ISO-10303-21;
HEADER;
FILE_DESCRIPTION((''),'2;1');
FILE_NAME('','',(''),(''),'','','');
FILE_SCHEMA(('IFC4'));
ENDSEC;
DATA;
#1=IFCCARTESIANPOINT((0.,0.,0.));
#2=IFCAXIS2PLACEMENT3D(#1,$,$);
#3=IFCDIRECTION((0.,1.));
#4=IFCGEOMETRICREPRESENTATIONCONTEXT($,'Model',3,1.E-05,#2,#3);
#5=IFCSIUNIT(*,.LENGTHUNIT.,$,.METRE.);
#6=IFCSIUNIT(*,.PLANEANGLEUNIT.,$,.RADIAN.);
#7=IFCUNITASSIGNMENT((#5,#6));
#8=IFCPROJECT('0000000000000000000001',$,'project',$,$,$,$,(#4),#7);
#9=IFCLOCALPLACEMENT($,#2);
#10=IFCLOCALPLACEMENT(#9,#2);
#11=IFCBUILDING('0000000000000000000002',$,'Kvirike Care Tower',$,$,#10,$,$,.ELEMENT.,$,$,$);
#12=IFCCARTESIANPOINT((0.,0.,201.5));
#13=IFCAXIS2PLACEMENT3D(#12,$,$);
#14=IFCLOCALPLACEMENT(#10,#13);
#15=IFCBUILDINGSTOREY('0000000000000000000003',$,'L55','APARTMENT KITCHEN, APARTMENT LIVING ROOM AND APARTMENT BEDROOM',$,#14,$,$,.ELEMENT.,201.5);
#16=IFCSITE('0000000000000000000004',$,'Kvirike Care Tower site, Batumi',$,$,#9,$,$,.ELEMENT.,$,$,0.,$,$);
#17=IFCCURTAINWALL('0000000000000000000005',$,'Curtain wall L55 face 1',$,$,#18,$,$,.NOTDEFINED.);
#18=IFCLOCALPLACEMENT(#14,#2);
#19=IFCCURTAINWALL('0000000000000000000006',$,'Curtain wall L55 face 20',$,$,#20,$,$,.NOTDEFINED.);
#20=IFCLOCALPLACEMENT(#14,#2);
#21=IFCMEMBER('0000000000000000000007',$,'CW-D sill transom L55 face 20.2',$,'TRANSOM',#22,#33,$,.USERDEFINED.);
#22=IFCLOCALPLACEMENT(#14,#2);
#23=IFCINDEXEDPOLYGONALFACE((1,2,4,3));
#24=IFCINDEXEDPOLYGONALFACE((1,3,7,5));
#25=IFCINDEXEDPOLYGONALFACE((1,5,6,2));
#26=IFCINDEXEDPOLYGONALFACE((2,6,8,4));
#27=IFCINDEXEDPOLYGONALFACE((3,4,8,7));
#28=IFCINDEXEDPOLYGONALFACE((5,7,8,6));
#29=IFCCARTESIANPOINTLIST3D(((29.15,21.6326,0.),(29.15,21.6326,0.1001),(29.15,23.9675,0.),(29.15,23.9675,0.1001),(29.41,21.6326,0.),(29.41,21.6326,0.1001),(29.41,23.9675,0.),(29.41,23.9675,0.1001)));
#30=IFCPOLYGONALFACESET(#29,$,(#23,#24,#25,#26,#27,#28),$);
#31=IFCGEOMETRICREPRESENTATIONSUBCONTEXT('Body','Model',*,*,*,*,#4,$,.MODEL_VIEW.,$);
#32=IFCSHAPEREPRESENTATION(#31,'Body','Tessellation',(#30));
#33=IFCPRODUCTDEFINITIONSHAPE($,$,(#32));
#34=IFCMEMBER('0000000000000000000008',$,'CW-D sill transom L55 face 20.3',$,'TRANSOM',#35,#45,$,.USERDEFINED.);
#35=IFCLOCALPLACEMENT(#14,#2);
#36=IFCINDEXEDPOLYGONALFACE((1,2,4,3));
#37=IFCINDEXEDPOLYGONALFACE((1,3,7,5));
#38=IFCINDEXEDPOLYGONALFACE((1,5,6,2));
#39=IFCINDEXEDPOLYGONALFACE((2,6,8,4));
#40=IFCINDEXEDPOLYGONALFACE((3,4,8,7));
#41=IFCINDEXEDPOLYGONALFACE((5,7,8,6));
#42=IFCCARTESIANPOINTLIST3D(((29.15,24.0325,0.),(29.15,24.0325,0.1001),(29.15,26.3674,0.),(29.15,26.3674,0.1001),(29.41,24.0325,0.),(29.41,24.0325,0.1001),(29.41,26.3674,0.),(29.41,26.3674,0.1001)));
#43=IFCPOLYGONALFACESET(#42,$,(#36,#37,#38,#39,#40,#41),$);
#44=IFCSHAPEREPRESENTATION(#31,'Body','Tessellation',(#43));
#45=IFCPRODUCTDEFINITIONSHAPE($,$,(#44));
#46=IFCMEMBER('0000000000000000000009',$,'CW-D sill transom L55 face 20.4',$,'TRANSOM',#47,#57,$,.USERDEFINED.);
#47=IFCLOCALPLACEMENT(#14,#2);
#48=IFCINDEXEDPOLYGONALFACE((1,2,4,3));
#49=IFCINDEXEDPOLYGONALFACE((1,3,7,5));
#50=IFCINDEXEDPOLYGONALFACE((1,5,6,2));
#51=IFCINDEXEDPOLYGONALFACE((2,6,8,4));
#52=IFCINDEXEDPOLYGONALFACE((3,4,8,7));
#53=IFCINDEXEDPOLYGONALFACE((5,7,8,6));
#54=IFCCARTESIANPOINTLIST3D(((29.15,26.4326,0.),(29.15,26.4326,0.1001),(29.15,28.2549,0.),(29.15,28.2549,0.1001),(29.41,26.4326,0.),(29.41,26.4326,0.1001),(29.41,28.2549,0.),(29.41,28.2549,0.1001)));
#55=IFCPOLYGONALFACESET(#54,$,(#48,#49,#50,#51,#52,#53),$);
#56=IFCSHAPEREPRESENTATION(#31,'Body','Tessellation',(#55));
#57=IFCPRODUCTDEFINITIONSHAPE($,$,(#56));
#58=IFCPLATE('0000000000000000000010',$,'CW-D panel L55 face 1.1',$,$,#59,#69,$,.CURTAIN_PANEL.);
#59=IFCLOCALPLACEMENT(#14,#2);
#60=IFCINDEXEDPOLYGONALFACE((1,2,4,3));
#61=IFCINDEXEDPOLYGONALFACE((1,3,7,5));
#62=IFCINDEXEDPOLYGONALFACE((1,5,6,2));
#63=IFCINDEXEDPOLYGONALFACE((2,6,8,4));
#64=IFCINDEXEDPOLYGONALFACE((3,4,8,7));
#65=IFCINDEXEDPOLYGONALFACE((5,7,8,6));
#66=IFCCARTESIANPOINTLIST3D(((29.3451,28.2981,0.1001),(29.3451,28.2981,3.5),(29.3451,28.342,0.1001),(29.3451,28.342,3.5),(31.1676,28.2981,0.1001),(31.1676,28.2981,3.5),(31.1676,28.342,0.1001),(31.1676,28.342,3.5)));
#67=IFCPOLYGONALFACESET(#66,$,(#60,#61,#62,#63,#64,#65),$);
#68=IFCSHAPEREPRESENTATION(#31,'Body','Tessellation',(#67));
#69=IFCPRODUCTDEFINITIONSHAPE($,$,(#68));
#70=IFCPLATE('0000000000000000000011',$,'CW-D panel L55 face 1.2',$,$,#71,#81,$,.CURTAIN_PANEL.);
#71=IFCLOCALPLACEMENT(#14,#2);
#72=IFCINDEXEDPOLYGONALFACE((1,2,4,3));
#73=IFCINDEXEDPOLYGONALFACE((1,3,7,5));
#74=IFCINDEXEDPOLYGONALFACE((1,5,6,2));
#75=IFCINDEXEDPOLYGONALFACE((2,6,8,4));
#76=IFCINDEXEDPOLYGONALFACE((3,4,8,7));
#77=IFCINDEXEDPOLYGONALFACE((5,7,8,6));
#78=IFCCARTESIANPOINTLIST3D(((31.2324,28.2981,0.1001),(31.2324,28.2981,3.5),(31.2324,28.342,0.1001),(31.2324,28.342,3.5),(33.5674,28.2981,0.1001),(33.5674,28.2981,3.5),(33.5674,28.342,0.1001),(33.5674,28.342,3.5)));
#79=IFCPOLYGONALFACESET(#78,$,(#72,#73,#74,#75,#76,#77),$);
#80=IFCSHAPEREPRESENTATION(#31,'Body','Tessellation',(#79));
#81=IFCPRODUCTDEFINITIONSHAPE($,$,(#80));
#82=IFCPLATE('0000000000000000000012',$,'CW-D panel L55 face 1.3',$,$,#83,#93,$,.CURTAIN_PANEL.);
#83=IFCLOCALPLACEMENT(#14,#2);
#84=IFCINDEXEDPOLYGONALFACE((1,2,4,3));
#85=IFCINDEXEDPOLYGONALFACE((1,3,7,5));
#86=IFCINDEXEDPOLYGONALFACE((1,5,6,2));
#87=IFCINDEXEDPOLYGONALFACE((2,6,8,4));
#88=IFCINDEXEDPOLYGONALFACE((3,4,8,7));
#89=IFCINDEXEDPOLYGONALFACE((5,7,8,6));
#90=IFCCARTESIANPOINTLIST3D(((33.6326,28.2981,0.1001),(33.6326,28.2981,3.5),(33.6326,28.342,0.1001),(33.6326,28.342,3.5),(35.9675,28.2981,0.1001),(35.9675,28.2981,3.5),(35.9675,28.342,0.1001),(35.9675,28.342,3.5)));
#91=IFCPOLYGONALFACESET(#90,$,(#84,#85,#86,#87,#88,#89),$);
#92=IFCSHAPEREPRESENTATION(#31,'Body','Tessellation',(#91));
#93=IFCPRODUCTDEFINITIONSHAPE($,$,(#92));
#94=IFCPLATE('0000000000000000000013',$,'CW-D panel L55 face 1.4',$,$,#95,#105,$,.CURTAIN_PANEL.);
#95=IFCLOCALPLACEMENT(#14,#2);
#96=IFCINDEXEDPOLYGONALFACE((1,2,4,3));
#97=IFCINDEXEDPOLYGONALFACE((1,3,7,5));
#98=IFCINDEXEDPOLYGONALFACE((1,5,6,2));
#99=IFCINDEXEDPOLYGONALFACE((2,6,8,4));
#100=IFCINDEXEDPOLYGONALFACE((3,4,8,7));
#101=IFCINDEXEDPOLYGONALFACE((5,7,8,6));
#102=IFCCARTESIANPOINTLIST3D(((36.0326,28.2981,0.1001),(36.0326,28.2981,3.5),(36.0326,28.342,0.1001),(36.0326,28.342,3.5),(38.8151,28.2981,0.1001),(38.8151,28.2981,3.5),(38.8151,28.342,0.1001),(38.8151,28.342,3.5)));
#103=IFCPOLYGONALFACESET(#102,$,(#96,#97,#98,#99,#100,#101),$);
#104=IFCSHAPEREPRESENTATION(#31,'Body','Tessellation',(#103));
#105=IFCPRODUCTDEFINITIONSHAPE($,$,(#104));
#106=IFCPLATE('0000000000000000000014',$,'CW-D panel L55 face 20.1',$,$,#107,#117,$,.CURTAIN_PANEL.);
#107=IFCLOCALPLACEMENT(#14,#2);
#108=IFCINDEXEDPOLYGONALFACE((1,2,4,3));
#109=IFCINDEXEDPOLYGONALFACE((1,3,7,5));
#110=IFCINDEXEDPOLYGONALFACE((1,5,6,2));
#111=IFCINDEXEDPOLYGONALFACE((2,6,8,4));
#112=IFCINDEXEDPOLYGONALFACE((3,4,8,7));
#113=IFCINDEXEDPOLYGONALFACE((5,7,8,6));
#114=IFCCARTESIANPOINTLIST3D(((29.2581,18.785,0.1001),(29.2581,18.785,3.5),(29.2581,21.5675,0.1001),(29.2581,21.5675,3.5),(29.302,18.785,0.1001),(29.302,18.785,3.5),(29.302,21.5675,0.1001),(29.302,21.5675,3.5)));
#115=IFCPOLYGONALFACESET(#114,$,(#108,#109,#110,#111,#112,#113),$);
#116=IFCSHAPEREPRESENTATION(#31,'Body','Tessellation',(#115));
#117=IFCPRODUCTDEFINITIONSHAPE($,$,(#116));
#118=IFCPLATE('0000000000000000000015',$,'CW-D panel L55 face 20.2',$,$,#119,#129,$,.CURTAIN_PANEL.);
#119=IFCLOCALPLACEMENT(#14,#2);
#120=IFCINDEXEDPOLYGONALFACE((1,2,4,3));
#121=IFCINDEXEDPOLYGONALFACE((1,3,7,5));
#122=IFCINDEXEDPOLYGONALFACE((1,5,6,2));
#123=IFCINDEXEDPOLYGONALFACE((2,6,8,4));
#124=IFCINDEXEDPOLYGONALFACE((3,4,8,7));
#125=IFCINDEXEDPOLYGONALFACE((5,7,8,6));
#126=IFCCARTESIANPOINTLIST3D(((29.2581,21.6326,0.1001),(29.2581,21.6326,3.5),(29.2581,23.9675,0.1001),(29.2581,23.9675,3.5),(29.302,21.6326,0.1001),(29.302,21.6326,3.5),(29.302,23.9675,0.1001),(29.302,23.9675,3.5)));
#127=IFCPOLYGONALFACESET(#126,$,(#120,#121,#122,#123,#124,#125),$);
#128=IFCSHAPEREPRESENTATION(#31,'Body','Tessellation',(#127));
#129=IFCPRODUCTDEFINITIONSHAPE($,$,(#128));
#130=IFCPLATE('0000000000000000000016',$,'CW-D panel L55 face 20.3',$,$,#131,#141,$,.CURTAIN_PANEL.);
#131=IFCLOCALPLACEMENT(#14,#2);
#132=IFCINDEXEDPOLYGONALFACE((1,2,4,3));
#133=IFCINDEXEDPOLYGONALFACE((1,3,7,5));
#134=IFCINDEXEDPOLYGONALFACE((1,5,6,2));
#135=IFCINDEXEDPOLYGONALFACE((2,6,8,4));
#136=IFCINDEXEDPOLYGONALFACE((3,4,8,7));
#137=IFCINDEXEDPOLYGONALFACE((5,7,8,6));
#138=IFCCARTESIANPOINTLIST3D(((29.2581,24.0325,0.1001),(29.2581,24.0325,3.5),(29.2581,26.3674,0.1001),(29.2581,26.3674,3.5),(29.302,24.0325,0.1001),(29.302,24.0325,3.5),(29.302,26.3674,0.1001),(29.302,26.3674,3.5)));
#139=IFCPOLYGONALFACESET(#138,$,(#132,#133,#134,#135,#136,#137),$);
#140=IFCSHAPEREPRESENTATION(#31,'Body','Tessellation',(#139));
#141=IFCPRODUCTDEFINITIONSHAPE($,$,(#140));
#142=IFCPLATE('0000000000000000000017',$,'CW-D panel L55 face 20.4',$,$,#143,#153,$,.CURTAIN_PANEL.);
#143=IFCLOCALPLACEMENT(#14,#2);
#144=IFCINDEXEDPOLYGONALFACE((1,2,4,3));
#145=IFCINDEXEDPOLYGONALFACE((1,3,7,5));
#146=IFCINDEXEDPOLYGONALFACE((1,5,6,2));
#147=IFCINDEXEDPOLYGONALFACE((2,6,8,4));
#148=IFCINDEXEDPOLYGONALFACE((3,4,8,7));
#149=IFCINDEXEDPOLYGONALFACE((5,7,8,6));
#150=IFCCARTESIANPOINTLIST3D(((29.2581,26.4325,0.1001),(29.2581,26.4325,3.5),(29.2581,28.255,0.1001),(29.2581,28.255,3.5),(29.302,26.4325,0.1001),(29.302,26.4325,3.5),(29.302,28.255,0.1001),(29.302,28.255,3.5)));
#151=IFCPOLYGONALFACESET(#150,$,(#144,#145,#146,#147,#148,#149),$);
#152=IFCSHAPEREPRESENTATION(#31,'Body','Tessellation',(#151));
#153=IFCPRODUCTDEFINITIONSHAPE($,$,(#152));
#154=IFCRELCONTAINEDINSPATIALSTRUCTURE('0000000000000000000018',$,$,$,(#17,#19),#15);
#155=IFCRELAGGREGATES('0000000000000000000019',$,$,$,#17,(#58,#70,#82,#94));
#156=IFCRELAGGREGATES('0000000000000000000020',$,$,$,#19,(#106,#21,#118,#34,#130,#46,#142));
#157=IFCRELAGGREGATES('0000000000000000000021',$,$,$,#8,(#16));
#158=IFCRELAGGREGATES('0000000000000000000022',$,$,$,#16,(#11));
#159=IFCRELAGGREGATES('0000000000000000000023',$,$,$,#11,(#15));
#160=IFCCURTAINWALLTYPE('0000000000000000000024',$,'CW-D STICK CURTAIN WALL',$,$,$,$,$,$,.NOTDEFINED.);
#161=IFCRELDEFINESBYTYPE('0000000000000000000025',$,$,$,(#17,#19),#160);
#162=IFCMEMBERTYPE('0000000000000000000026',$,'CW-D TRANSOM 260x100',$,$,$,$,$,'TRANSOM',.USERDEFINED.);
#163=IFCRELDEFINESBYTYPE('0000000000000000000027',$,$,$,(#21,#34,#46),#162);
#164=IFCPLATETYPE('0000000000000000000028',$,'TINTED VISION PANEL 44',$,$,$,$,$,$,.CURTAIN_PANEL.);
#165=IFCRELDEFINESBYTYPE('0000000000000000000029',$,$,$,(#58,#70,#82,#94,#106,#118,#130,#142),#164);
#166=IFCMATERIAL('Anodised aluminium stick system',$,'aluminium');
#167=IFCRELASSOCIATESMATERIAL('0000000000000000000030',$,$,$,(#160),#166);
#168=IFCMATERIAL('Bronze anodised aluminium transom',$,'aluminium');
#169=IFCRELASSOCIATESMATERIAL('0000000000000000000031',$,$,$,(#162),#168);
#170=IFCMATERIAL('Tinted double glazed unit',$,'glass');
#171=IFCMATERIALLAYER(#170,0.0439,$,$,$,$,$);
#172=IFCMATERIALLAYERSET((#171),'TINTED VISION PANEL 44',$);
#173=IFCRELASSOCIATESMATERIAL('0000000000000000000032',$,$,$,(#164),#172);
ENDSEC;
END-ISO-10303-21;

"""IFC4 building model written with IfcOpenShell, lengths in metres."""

from ifc_helpers import new_model, si_unit, direction, frame, origin, origin_2d, place, context, subcontext, project, spatial, rectangle, extrude, material, layer, layer_set, material_profile, profile_set, type_object, element, aggregate, save


model = new_model("IFC4")

# Units and contexts
model_context = context("Model", 3, precision=1e-05, world=origin(), true_north=direction((0.0, 1.0)))
body_context = subcontext(model_context, "Body", "Model", "MODEL_VIEW")
ifc_project = project(units=[si_unit("LENGTHUNIT", "METRE"), si_unit("PLANEANGLEUNIT", "RADIAN")], contexts=[model_context])

# Site, building, storey
site_placement = place(None, origin())
site = spatial("IfcSite", under=ifc_project, at=site_placement, Name="Kvirike Care Tower site, Batumi", CompositionType="ELEMENT", RefElevation=0.0)
building_placement = place(site_placement, origin())
building = spatial("IfcBuilding", under=site, at=building_placement, Name="Kvirike Care Tower", CompositionType="ELEMENT")
storey_placement = place(building_placement, frame((0.0, 0.0, 201.5)))
storey = spatial("IfcBuildingStorey", under=building, at=storey_placement, Name="L55", Description="APARTMENT KITCHEN, APARTMENT LIVING ROOM AND APARTMENT BEDROOM", CompositionType="ELEMENT", Elevation=201.5)

# Curtain walls
ifc_material_1 = material(Name="Anodised aluminium stick system", Category="aluminium")
curtain_wall_type = type_object("IfcCurtainWallType", Name="CW-D STICK CURTAIN WALL", PredefinedType="NOTDEFINED", material=ifc_material_1)
curtain_wall_1_placement = place(storey_placement, origin())
curtain_wall_1 = element("IfcCurtainWall", 1, at=curtain_wall_1_placement, inside=storey, type_object=curtain_wall_type, Name="Curtain wall L55 face 1", PredefinedType="NOTDEFINED")
curtain_wall_2_placement = place(storey_placement, origin())
curtain_wall_2 = element("IfcCurtainWall", 2, at=curtain_wall_2_placement, inside=storey, type_object=curtain_wall_type, Name="Curtain wall L55 face 20", PredefinedType="NOTDEFINED")

# Members
ifc_material_2 = material(Name="Bronze anodised aluminium transom", Category="aluminium")
ifc_material_profile_1 = material_profile(ifc_material_2, rectangle(XDim=0.26, YDim=0.1001, at=origin_2d()), Name="CW-D TRANSOM 260x100")
ifc_profile_set_1 = profile_set([ifc_material_profile_1], Name="Bronze anodised aluminium transom")
member_type_1 = type_object("IfcMemberType", Name="CW-D TRANSOM 260x100", ElementType="TRANSOM", PredefinedType="USERDEFINED", material=ifc_profile_set_1)
member_1_placement = place(storey_placement, frame((29.28, 21.6326, 0.05), z_axis=(0.0, 1.0, 0.0), x_axis=(-1.0, 0.0, 0.0)))
member_1 = element("IfcMember", 3, at=member_1_placement, type_object=member_type_1, Name="CW-D sill transom L55 face 20.2", ObjectType="TRANSOM", PredefinedType="USERDEFINED", context=body_context, shape_type="SweptSolid", body=[
    extrude(rectangle(XDim=0.26, YDim=0.1001, at=origin_2d()), origin(), (0.0, 0.0, 1.0), 2.335),
])
member_2_placement = place(storey_placement, frame((29.28, 24.0325, 0.05), z_axis=(0.0, 1.0, 0.0), x_axis=(-1.0, 0.0, 0.0)))
member_2 = element("IfcMember", 4, at=member_2_placement, type_object=member_type_1, Name="CW-D sill transom L55 face 20.3", ObjectType="TRANSOM", PredefinedType="USERDEFINED", context=body_context, shape_type="SweptSolid", body=[
    extrude(rectangle(XDim=0.26, YDim=0.1001, at=origin_2d()), origin(), (0.0, 0.0, 1.0), 2.335),
])
member_3_placement = place(storey_placement, frame((29.28, 26.4326, 0.05), z_axis=(0.0, 1.0, 0.0), x_axis=(-1.0, 0.0, 0.0)))
member_3 = element("IfcMember", 5, at=member_3_placement, type_object=member_type_1, Name="CW-D sill transom L55 face 20.4", ObjectType="TRANSOM", PredefinedType="USERDEFINED", context=body_context, shape_type="SweptSolid", body=[
    extrude(rectangle(XDim=0.26, YDim=0.1001, at=origin_2d()), origin(), (0.0, 0.0, 1.0), 1.8223),
])

# Plates
ifc_material_3 = material(Name="Tinted double glazed unit", Category="glass")
ifc_layer = layer(ifc_material_3, 0.0439)
ifc_layer_set = layer_set([ifc_layer], Name="TINTED VISION PANEL 44")
plate_type = type_object("IfcPlateType", Name="TINTED VISION PANEL 44", PredefinedType="CURTAIN_PANEL", material=ifc_layer_set)
plate_1_placement = place(storey_placement, frame((30.2563, 28.3201, 0.1001), z_axis=(0.0, 0.0, 1.0), x_axis=(1.0, 0.0, 0.0)))
plate_1 = element("IfcPlate", 6, at=plate_1_placement, type_object=plate_type, Name="CW-D panel L55 face 1.1", PredefinedType="CURTAIN_PANEL", context=body_context, shape_type="SweptSolid", body=[
    extrude(rectangle(XDim=1.8225, YDim=0.0439, at=origin_2d()), origin(), (0.0, 0.0, 1.0), 3.3999),
])
plate_2_placement = place(storey_placement, frame((32.3999, 28.3201, 0.1001), z_axis=(0.0, 0.0, 1.0), x_axis=(1.0, 0.0, 0.0)))
plate_2 = element("IfcPlate", 7, at=plate_2_placement, type_object=plate_type, Name="CW-D panel L55 face 1.2", PredefinedType="CURTAIN_PANEL", context=body_context, shape_type="SweptSolid", body=[
    extrude(rectangle(XDim=2.335, YDim=0.0439, at=origin_2d()), origin(), (0.0, 0.0, 1.0), 3.3999),
])
plate_3_placement = place(storey_placement, frame((34.8, 28.3201, 0.1001), z_axis=(0.0, 0.0, 1.0), x_axis=(1.0, 0.0, 0.0)))
plate_3 = element("IfcPlate", 8, at=plate_3_placement, type_object=plate_type, Name="CW-D panel L55 face 1.3", PredefinedType="CURTAIN_PANEL", context=body_context, shape_type="SweptSolid", body=[
    extrude(rectangle(XDim=2.335, YDim=0.0439, at=origin_2d()), origin(), (0.0, 0.0, 1.0), 3.3999),
])
plate_4_placement = place(storey_placement, frame((37.4238, 28.3201, 0.1001), z_axis=(0.0, 0.0, 1.0), x_axis=(1.0, 0.0, 0.0)))
plate_4 = element("IfcPlate", 9, at=plate_4_placement, type_object=plate_type, Name="CW-D panel L55 face 1.4", PredefinedType="CURTAIN_PANEL", context=body_context, shape_type="SweptSolid", body=[
    extrude(rectangle(XDim=2.7825, YDim=0.0439, at=origin_2d()), origin(), (0.0, 0.0, 1.0), 3.3999),
])
aggregate(curtain_wall_1, [plate_1, plate_2, plate_3, plate_4])
plate_5_placement = place(storey_placement, frame((29.28, 20.1763, 0.1001), z_axis=(0.0, 0.0, 1.0), x_axis=(0.0, 1.0, 0.0)))
plate_5 = element("IfcPlate", 10, at=plate_5_placement, type_object=plate_type, Name="CW-D panel L55 face 20.1", PredefinedType="CURTAIN_PANEL", context=body_context, shape_type="SweptSolid", body=[
    extrude(rectangle(XDim=2.7825, YDim=0.0439, at=origin_2d()), origin(), (0.0, 0.0, 1.0), 3.3999),
])
plate_6_placement = place(storey_placement, frame((29.28, 22.8, 0.1001), z_axis=(0.0, 0.0, 1.0), x_axis=(0.0, 1.0, 0.0)))
plate_6 = element("IfcPlate", 11, at=plate_6_placement, type_object=plate_type, Name="CW-D panel L55 face 20.2", PredefinedType="CURTAIN_PANEL", context=body_context, shape_type="SweptSolid", body=[
    extrude(rectangle(XDim=2.335, YDim=0.0439, at=origin_2d()), origin(), (0.0, 0.0, 1.0), 3.3999),
])
plate_7_placement = place(storey_placement, frame((29.28, 25.2, 0.1001), z_axis=(0.0, 0.0, 1.0), x_axis=(0.0, 1.0, 0.0)))
plate_7 = element("IfcPlate", 12, at=plate_7_placement, type_object=plate_type, Name="CW-D panel L55 face 20.3", PredefinedType="CURTAIN_PANEL", context=body_context, shape_type="SweptSolid", body=[
    extrude(rectangle(XDim=2.335, YDim=0.0439, at=origin_2d()), origin(), (0.0, 0.0, 1.0), 3.3999),
])
plate_8_placement = place(storey_placement, frame((29.28, 27.3438, 0.1001), z_axis=(0.0, 0.0, 1.0), x_axis=(0.0, 1.0, 0.0)))
plate_8 = element("IfcPlate", 13, at=plate_8_placement, type_object=plate_type, Name="CW-D panel L55 face 20.4", PredefinedType="CURTAIN_PANEL", context=body_context, shape_type="SweptSolid", body=[
    extrude(rectangle(XDim=1.8225, YDim=0.0439, at=origin_2d()), origin(), (0.0, 0.0, 1.0), 3.3999),
])
aggregate(curtain_wall_2, [plate_5, member_1, plate_6, member_2, plate_7, member_3, plate_8])

save(model, "model.ifc")
